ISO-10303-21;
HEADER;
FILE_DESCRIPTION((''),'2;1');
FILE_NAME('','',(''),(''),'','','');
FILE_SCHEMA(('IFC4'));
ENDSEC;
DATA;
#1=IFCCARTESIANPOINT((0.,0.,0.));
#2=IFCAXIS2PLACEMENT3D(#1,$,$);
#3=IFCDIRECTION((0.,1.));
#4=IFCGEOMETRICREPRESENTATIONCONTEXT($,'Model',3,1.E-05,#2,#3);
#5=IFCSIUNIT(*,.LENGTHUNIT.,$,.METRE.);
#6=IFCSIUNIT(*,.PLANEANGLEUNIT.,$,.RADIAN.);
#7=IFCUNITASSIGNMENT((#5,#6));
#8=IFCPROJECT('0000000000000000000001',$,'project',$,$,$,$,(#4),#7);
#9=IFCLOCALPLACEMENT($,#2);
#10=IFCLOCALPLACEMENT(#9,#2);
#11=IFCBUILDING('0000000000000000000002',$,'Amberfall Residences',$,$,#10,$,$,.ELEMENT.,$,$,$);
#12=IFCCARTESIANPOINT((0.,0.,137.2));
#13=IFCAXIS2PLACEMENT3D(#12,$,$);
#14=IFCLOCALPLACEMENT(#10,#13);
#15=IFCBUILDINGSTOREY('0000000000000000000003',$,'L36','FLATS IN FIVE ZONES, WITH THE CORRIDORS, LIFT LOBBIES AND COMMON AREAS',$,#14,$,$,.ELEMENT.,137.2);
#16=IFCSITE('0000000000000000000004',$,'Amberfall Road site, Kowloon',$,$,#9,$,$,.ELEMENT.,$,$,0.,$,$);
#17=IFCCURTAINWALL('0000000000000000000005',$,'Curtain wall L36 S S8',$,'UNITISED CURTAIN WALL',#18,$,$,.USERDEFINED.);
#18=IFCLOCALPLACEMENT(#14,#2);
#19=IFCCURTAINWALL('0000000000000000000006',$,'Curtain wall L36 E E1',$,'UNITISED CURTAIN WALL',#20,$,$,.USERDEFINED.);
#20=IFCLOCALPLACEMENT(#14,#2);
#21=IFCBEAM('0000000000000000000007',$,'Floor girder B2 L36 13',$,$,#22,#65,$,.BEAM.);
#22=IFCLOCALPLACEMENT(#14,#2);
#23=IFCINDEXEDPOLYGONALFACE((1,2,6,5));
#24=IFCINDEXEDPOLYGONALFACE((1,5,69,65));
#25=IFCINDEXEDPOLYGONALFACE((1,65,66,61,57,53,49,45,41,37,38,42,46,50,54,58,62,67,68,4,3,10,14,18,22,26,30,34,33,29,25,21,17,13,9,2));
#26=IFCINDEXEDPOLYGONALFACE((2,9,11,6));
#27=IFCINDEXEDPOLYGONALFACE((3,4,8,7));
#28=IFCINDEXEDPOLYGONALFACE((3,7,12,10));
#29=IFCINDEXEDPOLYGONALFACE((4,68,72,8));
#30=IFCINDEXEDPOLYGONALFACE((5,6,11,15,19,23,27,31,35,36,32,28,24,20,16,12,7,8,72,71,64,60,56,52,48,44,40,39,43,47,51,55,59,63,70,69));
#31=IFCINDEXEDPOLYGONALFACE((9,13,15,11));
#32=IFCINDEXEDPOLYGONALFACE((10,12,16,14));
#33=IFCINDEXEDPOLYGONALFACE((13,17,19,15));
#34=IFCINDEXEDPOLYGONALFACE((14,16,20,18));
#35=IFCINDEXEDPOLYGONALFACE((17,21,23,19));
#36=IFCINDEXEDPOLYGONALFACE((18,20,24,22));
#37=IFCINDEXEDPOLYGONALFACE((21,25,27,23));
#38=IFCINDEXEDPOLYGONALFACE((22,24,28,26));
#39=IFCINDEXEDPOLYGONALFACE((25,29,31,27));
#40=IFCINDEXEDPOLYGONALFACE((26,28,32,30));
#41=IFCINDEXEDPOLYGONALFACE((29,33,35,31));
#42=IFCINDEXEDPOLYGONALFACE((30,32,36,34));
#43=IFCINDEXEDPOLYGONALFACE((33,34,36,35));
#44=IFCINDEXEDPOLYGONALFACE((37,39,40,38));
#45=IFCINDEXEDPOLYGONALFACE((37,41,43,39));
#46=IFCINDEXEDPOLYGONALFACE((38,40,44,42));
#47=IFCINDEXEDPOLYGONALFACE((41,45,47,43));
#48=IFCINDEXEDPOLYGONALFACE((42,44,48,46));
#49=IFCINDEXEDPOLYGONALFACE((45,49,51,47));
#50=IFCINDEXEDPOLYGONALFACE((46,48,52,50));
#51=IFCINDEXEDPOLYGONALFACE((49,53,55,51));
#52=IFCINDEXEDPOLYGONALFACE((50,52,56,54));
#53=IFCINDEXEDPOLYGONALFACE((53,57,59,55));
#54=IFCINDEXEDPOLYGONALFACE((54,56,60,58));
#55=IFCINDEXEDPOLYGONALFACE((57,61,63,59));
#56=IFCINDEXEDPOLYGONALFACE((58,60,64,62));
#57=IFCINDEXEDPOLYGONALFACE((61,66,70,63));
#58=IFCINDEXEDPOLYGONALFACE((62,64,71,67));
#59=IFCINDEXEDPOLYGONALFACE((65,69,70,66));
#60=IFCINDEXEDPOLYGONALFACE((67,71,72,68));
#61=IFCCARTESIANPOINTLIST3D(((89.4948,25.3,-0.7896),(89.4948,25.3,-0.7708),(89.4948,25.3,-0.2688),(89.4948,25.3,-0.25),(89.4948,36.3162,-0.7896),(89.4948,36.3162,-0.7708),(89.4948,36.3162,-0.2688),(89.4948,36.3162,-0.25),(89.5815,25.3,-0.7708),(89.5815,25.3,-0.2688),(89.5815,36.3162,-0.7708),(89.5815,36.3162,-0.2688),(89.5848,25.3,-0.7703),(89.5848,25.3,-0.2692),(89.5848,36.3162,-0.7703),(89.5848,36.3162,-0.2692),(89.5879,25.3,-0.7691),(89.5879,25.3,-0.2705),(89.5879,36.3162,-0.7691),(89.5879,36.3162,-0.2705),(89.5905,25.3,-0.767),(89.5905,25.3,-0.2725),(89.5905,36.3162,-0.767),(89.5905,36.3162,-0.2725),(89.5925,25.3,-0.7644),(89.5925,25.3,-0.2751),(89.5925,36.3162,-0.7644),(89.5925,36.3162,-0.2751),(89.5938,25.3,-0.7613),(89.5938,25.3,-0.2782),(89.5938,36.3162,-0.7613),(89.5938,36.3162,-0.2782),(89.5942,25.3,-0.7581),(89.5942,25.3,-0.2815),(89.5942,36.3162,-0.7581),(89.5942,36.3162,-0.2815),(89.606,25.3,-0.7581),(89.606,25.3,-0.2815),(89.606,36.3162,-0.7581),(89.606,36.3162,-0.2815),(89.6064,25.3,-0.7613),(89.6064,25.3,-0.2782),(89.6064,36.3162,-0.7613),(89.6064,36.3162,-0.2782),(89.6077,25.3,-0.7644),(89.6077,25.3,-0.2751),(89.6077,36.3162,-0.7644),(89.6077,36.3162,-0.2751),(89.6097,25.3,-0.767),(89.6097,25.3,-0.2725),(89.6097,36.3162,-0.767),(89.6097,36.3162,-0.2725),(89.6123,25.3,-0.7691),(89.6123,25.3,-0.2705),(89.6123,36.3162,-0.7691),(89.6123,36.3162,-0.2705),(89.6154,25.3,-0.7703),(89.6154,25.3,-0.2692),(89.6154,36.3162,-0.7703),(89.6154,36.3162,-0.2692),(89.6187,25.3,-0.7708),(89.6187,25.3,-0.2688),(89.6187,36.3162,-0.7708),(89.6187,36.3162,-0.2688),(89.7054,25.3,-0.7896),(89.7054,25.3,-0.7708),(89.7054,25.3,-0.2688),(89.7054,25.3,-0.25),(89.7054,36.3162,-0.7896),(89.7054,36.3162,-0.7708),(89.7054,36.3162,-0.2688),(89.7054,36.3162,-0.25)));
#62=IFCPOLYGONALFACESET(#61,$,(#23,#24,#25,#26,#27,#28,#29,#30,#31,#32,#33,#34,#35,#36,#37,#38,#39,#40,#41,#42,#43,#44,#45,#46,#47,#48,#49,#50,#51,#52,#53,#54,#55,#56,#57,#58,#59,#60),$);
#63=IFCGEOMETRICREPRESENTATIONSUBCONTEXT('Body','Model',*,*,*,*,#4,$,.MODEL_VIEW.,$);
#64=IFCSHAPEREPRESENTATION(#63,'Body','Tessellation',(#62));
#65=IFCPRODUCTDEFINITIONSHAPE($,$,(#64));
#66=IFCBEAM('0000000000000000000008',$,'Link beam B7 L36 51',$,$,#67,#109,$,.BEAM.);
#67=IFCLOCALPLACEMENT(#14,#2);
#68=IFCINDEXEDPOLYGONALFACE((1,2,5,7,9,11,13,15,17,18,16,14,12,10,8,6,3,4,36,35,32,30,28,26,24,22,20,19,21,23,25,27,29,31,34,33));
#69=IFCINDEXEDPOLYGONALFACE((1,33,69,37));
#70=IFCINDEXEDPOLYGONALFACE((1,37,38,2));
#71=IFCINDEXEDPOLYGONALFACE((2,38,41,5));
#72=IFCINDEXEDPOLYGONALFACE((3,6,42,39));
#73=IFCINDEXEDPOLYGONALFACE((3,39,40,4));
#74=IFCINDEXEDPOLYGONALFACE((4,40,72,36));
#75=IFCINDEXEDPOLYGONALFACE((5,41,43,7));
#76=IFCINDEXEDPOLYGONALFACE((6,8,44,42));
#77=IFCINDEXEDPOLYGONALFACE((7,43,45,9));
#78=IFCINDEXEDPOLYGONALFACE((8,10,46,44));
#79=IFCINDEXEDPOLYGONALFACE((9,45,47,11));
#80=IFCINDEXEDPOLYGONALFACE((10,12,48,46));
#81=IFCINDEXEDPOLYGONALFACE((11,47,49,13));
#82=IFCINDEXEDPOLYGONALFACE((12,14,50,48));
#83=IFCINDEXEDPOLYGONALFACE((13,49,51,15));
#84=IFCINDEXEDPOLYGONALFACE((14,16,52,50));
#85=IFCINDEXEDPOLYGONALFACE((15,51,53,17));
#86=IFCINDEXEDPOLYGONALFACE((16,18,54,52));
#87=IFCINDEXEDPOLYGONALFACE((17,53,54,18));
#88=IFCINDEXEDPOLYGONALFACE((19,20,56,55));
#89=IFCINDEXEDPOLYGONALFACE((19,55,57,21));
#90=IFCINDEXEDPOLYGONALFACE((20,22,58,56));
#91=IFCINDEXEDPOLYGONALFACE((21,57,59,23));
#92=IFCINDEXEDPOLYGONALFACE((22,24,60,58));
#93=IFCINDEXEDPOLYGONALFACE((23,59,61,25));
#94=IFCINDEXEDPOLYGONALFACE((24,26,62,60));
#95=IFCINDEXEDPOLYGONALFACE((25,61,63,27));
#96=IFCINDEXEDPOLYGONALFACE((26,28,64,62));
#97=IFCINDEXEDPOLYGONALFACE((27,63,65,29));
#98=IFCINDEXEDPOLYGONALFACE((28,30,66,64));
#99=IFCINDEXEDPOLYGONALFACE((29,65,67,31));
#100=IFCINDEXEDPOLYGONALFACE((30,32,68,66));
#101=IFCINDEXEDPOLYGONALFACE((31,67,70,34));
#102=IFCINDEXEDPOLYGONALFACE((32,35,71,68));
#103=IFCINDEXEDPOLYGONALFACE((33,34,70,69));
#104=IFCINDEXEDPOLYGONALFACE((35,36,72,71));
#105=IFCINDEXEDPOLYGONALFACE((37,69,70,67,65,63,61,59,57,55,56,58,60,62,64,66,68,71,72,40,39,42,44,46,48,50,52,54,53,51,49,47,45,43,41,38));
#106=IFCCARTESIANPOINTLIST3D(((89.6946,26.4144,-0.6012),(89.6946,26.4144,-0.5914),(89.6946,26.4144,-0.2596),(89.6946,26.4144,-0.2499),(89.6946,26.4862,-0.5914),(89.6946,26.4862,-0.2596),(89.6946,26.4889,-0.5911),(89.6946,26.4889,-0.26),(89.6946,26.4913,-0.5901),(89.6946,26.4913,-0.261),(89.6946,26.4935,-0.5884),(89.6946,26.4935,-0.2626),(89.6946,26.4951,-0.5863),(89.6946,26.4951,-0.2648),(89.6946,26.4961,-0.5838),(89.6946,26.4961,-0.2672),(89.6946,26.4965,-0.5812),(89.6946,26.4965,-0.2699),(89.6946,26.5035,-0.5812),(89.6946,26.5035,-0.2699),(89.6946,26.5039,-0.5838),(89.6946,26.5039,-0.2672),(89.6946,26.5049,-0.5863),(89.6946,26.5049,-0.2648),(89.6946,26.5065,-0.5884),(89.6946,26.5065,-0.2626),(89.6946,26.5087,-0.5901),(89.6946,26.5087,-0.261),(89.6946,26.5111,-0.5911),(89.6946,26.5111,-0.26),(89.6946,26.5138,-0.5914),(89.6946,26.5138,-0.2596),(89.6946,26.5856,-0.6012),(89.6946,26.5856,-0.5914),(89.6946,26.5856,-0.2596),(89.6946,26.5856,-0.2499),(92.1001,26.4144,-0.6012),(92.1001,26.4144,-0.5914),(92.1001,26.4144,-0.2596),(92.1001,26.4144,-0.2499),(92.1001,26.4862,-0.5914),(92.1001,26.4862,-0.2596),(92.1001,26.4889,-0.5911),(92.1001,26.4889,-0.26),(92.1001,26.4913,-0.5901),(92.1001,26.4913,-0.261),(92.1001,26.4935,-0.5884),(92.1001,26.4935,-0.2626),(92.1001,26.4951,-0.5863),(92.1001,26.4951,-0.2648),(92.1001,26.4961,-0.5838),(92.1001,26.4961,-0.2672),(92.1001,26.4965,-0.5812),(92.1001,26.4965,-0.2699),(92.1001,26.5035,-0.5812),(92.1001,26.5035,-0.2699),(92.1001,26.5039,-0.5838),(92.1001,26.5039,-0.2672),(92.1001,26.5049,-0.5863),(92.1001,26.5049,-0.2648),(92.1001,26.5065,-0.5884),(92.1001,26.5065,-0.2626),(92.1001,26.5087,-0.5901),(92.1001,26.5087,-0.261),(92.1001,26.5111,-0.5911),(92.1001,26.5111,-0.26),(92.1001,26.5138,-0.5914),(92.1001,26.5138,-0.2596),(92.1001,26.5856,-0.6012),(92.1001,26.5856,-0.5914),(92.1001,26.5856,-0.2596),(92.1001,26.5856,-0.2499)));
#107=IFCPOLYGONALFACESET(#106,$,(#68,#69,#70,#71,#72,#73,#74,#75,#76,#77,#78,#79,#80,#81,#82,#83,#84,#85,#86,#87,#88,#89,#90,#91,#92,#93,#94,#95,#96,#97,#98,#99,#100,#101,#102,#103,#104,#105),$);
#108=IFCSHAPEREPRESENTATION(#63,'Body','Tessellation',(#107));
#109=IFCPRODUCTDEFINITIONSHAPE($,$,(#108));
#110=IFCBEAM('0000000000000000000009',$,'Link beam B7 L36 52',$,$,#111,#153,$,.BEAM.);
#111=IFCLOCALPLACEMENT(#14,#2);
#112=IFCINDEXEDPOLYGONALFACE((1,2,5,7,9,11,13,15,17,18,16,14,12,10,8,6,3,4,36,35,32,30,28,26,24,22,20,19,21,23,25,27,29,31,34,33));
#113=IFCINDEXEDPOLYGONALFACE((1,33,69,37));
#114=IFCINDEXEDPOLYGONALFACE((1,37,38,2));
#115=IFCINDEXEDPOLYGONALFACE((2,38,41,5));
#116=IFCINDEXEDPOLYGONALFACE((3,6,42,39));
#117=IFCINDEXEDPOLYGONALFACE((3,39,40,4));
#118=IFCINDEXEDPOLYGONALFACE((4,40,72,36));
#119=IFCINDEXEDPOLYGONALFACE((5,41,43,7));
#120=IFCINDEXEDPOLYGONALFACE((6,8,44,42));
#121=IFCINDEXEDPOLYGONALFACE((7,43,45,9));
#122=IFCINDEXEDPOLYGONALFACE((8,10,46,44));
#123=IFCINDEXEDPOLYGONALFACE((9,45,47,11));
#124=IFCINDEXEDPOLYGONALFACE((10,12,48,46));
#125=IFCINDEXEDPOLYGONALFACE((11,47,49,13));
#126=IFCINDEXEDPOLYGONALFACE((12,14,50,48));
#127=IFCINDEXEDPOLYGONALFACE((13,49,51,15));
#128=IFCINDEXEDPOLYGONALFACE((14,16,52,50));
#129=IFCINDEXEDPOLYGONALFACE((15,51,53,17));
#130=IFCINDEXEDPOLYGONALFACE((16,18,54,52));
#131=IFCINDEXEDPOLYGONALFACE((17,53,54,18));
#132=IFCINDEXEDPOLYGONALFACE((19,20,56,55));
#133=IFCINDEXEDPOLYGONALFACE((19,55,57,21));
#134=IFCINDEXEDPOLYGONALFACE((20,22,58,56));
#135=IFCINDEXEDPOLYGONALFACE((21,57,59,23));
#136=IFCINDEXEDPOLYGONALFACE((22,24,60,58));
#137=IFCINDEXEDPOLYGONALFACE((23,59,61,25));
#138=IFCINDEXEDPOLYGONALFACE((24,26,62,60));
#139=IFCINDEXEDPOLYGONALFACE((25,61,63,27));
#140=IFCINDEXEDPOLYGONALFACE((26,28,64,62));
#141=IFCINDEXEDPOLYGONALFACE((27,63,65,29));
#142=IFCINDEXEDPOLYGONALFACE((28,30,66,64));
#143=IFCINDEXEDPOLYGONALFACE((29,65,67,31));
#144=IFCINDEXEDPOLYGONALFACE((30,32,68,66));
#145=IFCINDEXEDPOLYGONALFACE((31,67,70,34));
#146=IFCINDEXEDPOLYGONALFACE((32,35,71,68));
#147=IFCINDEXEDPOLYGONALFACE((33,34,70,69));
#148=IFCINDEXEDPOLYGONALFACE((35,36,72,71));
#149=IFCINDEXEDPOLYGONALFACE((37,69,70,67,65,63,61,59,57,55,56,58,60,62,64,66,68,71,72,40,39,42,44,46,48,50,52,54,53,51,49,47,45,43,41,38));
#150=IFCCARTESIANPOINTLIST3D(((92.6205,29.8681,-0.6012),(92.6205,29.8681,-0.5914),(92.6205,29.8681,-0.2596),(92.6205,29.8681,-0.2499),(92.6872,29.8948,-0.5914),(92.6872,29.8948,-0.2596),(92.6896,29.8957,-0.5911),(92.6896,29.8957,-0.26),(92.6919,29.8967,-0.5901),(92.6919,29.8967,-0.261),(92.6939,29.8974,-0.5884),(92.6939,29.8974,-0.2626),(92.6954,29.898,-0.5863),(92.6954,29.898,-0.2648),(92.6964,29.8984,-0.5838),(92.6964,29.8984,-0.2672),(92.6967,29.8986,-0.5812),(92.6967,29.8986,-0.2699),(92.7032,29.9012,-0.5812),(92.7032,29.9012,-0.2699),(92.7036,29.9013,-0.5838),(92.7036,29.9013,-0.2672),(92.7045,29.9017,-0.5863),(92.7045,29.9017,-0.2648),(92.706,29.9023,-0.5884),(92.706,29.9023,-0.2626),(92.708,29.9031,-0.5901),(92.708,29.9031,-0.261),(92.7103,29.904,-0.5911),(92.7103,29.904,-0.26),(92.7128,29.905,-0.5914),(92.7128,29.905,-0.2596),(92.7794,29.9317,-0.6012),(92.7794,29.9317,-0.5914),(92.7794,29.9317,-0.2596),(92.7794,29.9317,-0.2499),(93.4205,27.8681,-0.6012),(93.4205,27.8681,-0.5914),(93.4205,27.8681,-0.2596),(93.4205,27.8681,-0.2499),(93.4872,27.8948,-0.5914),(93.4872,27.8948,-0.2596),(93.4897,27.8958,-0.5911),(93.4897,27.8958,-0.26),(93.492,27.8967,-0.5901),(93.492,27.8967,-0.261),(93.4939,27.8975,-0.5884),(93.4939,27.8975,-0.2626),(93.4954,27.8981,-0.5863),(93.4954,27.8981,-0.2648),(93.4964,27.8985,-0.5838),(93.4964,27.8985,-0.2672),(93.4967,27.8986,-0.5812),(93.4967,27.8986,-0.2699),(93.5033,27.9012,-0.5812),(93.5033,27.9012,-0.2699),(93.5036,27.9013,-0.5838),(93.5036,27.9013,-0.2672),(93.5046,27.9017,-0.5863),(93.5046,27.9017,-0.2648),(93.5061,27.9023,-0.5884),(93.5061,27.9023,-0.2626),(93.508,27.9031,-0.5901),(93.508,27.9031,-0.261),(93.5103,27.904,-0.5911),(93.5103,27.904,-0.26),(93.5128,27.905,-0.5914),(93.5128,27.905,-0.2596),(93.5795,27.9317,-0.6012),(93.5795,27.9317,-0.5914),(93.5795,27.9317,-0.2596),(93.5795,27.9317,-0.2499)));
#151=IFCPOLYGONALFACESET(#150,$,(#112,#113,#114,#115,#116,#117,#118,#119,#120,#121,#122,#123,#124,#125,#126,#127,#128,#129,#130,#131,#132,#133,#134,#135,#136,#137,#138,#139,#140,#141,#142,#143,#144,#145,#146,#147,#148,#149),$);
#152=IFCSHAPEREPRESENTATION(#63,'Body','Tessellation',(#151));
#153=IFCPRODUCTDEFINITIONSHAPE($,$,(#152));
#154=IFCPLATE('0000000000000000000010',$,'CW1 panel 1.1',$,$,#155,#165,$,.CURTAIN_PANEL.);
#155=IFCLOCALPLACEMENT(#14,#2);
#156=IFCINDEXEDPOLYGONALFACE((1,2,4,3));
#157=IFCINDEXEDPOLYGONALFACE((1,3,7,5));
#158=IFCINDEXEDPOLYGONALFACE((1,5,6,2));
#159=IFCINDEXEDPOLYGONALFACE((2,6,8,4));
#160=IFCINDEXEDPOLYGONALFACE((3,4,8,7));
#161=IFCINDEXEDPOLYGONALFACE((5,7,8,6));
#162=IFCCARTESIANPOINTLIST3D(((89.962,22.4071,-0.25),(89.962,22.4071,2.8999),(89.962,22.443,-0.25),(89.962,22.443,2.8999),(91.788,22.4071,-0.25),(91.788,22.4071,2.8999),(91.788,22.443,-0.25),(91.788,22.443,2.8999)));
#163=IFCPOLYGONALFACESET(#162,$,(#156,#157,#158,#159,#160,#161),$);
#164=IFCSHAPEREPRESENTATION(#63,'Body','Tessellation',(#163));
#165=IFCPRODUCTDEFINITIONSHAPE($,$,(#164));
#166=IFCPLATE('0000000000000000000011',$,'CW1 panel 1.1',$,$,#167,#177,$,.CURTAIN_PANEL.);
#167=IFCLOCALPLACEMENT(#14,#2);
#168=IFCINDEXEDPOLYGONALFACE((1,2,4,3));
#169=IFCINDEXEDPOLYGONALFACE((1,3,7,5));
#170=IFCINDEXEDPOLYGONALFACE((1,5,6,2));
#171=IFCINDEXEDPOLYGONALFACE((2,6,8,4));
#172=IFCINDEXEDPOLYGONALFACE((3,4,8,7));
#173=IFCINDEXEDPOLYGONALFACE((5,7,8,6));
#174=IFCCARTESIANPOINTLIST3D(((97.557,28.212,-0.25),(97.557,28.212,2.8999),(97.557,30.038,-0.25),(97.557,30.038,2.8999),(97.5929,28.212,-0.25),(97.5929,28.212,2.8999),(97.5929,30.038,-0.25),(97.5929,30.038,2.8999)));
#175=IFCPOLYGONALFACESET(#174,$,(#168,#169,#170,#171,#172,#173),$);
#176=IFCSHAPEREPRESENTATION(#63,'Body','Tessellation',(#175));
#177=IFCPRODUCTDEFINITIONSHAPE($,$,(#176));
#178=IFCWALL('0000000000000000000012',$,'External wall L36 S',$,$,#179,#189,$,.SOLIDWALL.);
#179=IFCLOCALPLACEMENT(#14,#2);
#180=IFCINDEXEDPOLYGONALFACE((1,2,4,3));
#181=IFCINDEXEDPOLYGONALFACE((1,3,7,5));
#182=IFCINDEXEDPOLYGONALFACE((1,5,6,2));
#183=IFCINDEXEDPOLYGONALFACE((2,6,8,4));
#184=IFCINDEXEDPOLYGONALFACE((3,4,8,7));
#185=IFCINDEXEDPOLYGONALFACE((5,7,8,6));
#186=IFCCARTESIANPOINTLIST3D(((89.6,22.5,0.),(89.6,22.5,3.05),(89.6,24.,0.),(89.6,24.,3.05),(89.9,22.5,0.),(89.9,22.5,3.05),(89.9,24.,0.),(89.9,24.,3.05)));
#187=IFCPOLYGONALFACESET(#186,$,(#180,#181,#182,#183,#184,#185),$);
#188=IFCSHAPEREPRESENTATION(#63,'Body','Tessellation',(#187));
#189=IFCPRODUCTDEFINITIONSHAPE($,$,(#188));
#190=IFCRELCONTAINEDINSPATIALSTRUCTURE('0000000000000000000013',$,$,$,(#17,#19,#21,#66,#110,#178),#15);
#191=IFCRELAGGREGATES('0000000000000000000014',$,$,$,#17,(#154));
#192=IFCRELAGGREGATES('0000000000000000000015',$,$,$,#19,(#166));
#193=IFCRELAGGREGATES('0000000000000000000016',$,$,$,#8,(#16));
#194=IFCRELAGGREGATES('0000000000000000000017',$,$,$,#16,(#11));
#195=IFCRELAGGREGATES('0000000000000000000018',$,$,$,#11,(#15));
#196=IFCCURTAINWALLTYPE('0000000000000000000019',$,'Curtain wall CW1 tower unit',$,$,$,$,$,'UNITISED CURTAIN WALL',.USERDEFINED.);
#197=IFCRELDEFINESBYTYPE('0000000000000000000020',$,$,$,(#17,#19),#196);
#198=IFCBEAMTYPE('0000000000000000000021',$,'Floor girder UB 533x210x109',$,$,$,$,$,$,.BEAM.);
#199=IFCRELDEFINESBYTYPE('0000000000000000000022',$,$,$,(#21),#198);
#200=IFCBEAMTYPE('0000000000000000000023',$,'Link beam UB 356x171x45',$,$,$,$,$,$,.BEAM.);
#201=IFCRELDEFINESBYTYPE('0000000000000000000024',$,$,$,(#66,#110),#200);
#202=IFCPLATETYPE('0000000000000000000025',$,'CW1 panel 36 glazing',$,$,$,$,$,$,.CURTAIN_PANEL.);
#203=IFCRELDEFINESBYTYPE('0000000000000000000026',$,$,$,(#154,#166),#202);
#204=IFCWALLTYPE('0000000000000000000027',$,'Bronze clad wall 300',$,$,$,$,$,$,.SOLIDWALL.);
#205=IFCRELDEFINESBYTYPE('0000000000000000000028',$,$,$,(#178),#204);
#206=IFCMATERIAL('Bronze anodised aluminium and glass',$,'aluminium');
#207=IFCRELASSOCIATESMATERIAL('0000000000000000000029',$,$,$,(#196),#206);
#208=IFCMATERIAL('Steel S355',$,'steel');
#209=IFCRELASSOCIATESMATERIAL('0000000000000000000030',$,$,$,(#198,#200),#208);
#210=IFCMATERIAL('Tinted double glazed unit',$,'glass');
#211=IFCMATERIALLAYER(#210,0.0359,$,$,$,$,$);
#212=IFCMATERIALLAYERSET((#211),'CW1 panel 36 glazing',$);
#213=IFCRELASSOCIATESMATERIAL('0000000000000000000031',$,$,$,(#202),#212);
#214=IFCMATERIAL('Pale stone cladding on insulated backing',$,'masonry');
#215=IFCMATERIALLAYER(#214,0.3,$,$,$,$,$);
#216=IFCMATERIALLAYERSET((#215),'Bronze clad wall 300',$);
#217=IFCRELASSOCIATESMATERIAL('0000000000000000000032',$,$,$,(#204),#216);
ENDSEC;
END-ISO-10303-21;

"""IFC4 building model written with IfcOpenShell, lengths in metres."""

from ifc_helpers import new_model, si_unit, direction, frame, frame_2d, origin, origin_2d, place, context, subcontext, project, spatial, rectangle, i_section, extrude, material, layer, layer_set, material_profile, profile_set, type_object, element, aggregate, save


model = new_model("IFC4")

# Units and contexts
model_context = context("Model", 3, precision=1e-05, world=origin(), true_north=direction((0.0, 1.0)))
body_context = subcontext(model_context, "Body", "Model", "MODEL_VIEW")
ifc_project = project(units=[si_unit("LENGTHUNIT", "METRE"), si_unit("PLANEANGLEUNIT", "RADIAN")], contexts=[model_context])

# Site, building, storey
site_placement = place(None, origin())
site = spatial("IfcSite", under=ifc_project, at=site_placement, Name="Amberfall Road site, Kowloon", CompositionType="ELEMENT", RefElevation=0.0)
building_placement = place(site_placement, origin())
building = spatial("IfcBuilding", under=site, at=building_placement, Name="Amberfall Residences", CompositionType="ELEMENT")
storey_placement = place(building_placement, frame((0.0, 0.0, 137.2)))
storey = spatial("IfcBuildingStorey", under=building, at=storey_placement, Name="L36", Description="FLATS IN FIVE ZONES, WITH THE CORRIDORS, LIFT LOBBIES AND COMMON AREAS", CompositionType="ELEMENT", Elevation=137.2)

# Curtain walls
ifc_material_1 = material(Name="Bronze anodised aluminium and glass", Category="aluminium")
curtain_wall_type = type_object("IfcCurtainWallType", Name="Curtain wall CW1 tower unit", ElementType="UNITISED CURTAIN WALL", PredefinedType="USERDEFINED", material=ifc_material_1)
curtain_wall_1_placement = place(storey_placement, origin())
curtain_wall_1 = element("IfcCurtainWall", 1, at=curtain_wall_1_placement, inside=storey, type_object=curtain_wall_type, Name="Curtain wall L36 S S8", ObjectType="UNITISED CURTAIN WALL", PredefinedType="USERDEFINED")
curtain_wall_2_placement = place(storey_placement, origin())
curtain_wall_2 = element("IfcCurtainWall", 2, at=curtain_wall_2_placement, inside=storey, type_object=curtain_wall_type, Name="Curtain wall L36 E E1", ObjectType="UNITISED CURTAIN WALL", PredefinedType="USERDEFINED")

# Beams
ifc_material_2 = material(Name="Steel S355", Category="steel")
ifc_material_profile_1 = material_profile(ifc_material_2, i_section(OverallWidth=0.2107, OverallDepth=0.5396, WebThickness=0.0117, FlangeThickness=0.0188, FilletRadius=0.0127, at=origin_2d()), Name="UB 533x210x109")
ifc_profile_set_1 = profile_set([ifc_material_profile_1], Name="Steel S355")
beam_type_1 = type_object("IfcBeamType", Name="Floor girder UB 533x210x109", PredefinedType="BEAM", material=ifc_profile_set_1)
beam_1_placement = place(storey_placement, frame((89.6001, 25.3, -0.5198), z_axis=(0.0, 1.0, 0.0), x_axis=(-1.0, 0.0, 0.0)))
element("IfcBeam", 3, at=beam_1_placement, inside=storey, type_object=beam_type_1, Name="Floor girder B2 L36 13", PredefinedType="BEAM", context=body_context, shape_type="SweptSolid", body=[
    extrude(i_section(OverallWidth=0.2107, OverallDepth=0.5396, WebThickness=0.0117, FlangeThickness=0.0188, FilletRadius=0.0127, at=origin_2d()), origin(), (0.0, 0.0, 1.0), 11.0161),
])
ifc_material_profile_2 = material_profile(ifc_material_2, i_section(OverallWidth=0.1711, OverallDepth=0.3513, WebThickness=0.0071, FlangeThickness=0.0098, FilletRadius=0.0103, at=origin_2d()), Name="UB 356x171x45")
ifc_profile_set_2 = profile_set([ifc_material_profile_2], Name="Steel S355")
beam_type_2 = type_object("IfcBeamType", Name="Link beam UB 356x171x45", PredefinedType="BEAM", material=ifc_profile_set_2)
beam_2_placement = place(storey_placement, frame((92.1001, 26.5, -0.4255), z_axis=(-1.0, 0.0, 0.0), x_axis=(0.0, -1.0, 0.0)))
element("IfcBeam", 4, at=beam_2_placement, inside=storey, type_object=beam_type_2, Name="Link beam B7 L36 51", PredefinedType="BEAM", context=body_context, shape_type="SweptSolid", body=[
    extrude(i_section(OverallWidth=0.1711, OverallDepth=0.3513, WebThickness=0.0071, FlangeThickness=0.0098, FilletRadius=0.0103, at=origin_2d()), origin(), (0.0, 0.0, 1.0), 2.4055),
])
beam_3_placement = place(storey_placement, frame((93.5, 27.8999, -0.4255), z_axis=(-0.37141, 0.928469, 0.0), x_axis=(-0.928469, -0.37141, 0.0)))
element("IfcBeam", 5, at=beam_3_placement, inside=storey, type_object=beam_type_2, Name="Link beam B7 L36 52", PredefinedType="BEAM", context=body_context, shape_type="SweptSolid", body=[
    extrude(i_section(OverallWidth=0.1711, OverallDepth=0.3513, WebThickness=0.0071, FlangeThickness=0.0098, FilletRadius=0.0103, at=origin_2d()), origin(), (0.0, 0.0, 1.0), 2.1541),
])

# Plates
ifc_material_3 = material(Name="Tinted double glazed unit", Category="glass")
ifc_layer_1 = layer(ifc_material_3, 0.0359)
ifc_layer_set_1 = layer_set([ifc_layer_1], Name="CW1 panel 36 glazing")
plate_type = type_object("IfcPlateType", Name="CW1 panel 36 glazing", PredefinedType="CURTAIN_PANEL", material=ifc_layer_set_1)
plate_1_placement = place(storey_placement, frame((90.875, 22.425, -0.25), z_axis=(0.0, 0.0, 1.0), x_axis=(1.0, 0.0, 0.0)))
plate_1 = element("IfcPlate", 6, at=plate_1_placement, type_object=plate_type, Name="CW1 panel 1.1", PredefinedType="CURTAIN_PANEL", context=body_context, shape_type="SweptSolid", body=[
    extrude(rectangle(XDim=1.8259, YDim=0.0359, at=origin_2d()), origin(), (0.0, 0.0, 1.0), 3.1499),
])
aggregate(curtain_wall_1, [plate_1])
plate_2_placement = place(storey_placement, frame((97.575, 29.125, -0.25), z_axis=(0.0, 0.0, 1.0), x_axis=(0.0, 1.0, 0.0)))
plate_2 = element("IfcPlate", 7, at=plate_2_placement, type_object=plate_type, Name="CW1 panel 1.1", PredefinedType="CURTAIN_PANEL", context=body_context, shape_type="SweptSolid", body=[
    extrude(rectangle(XDim=1.8259, YDim=0.0359, at=origin_2d()), origin(), (0.0, 0.0, 1.0), 3.1499),
])
aggregate(curtain_wall_2, [plate_2])

# Wall
ifc_material_4 = material(Name="Pale stone cladding on insulated backing", Category="masonry")
ifc_layer_2 = layer(ifc_material_4, 0.3)
ifc_layer_set_2 = layer_set([ifc_layer_2], Name="Bronze clad wall 300")
wall_type_1 = type_object("IfcWallType", Name="Bronze clad wall 300", PredefinedType="SOLIDWALL", material=ifc_layer_set_2)
wall_1_placement = place(storey_placement, frame((89.75, 24.0, 0.0), z_axis=(0.0, 0.0, 1.0), x_axis=(0.0, -1.0, 0.0)))
element("IfcWall", 8, at=wall_1_placement, inside=storey, type_object=wall_type_1, Name="External wall L36 S", PredefinedType="SOLIDWALL", context=body_context, shape_type="SweptSolid", body=[
    extrude(rectangle(XDim=1.5, YDim=0.3, at=frame_2d((0.75, 0.0))), origin(), (0.0, 0.0, 1.0), 3.05),
])

save(model, "model.ifc")
